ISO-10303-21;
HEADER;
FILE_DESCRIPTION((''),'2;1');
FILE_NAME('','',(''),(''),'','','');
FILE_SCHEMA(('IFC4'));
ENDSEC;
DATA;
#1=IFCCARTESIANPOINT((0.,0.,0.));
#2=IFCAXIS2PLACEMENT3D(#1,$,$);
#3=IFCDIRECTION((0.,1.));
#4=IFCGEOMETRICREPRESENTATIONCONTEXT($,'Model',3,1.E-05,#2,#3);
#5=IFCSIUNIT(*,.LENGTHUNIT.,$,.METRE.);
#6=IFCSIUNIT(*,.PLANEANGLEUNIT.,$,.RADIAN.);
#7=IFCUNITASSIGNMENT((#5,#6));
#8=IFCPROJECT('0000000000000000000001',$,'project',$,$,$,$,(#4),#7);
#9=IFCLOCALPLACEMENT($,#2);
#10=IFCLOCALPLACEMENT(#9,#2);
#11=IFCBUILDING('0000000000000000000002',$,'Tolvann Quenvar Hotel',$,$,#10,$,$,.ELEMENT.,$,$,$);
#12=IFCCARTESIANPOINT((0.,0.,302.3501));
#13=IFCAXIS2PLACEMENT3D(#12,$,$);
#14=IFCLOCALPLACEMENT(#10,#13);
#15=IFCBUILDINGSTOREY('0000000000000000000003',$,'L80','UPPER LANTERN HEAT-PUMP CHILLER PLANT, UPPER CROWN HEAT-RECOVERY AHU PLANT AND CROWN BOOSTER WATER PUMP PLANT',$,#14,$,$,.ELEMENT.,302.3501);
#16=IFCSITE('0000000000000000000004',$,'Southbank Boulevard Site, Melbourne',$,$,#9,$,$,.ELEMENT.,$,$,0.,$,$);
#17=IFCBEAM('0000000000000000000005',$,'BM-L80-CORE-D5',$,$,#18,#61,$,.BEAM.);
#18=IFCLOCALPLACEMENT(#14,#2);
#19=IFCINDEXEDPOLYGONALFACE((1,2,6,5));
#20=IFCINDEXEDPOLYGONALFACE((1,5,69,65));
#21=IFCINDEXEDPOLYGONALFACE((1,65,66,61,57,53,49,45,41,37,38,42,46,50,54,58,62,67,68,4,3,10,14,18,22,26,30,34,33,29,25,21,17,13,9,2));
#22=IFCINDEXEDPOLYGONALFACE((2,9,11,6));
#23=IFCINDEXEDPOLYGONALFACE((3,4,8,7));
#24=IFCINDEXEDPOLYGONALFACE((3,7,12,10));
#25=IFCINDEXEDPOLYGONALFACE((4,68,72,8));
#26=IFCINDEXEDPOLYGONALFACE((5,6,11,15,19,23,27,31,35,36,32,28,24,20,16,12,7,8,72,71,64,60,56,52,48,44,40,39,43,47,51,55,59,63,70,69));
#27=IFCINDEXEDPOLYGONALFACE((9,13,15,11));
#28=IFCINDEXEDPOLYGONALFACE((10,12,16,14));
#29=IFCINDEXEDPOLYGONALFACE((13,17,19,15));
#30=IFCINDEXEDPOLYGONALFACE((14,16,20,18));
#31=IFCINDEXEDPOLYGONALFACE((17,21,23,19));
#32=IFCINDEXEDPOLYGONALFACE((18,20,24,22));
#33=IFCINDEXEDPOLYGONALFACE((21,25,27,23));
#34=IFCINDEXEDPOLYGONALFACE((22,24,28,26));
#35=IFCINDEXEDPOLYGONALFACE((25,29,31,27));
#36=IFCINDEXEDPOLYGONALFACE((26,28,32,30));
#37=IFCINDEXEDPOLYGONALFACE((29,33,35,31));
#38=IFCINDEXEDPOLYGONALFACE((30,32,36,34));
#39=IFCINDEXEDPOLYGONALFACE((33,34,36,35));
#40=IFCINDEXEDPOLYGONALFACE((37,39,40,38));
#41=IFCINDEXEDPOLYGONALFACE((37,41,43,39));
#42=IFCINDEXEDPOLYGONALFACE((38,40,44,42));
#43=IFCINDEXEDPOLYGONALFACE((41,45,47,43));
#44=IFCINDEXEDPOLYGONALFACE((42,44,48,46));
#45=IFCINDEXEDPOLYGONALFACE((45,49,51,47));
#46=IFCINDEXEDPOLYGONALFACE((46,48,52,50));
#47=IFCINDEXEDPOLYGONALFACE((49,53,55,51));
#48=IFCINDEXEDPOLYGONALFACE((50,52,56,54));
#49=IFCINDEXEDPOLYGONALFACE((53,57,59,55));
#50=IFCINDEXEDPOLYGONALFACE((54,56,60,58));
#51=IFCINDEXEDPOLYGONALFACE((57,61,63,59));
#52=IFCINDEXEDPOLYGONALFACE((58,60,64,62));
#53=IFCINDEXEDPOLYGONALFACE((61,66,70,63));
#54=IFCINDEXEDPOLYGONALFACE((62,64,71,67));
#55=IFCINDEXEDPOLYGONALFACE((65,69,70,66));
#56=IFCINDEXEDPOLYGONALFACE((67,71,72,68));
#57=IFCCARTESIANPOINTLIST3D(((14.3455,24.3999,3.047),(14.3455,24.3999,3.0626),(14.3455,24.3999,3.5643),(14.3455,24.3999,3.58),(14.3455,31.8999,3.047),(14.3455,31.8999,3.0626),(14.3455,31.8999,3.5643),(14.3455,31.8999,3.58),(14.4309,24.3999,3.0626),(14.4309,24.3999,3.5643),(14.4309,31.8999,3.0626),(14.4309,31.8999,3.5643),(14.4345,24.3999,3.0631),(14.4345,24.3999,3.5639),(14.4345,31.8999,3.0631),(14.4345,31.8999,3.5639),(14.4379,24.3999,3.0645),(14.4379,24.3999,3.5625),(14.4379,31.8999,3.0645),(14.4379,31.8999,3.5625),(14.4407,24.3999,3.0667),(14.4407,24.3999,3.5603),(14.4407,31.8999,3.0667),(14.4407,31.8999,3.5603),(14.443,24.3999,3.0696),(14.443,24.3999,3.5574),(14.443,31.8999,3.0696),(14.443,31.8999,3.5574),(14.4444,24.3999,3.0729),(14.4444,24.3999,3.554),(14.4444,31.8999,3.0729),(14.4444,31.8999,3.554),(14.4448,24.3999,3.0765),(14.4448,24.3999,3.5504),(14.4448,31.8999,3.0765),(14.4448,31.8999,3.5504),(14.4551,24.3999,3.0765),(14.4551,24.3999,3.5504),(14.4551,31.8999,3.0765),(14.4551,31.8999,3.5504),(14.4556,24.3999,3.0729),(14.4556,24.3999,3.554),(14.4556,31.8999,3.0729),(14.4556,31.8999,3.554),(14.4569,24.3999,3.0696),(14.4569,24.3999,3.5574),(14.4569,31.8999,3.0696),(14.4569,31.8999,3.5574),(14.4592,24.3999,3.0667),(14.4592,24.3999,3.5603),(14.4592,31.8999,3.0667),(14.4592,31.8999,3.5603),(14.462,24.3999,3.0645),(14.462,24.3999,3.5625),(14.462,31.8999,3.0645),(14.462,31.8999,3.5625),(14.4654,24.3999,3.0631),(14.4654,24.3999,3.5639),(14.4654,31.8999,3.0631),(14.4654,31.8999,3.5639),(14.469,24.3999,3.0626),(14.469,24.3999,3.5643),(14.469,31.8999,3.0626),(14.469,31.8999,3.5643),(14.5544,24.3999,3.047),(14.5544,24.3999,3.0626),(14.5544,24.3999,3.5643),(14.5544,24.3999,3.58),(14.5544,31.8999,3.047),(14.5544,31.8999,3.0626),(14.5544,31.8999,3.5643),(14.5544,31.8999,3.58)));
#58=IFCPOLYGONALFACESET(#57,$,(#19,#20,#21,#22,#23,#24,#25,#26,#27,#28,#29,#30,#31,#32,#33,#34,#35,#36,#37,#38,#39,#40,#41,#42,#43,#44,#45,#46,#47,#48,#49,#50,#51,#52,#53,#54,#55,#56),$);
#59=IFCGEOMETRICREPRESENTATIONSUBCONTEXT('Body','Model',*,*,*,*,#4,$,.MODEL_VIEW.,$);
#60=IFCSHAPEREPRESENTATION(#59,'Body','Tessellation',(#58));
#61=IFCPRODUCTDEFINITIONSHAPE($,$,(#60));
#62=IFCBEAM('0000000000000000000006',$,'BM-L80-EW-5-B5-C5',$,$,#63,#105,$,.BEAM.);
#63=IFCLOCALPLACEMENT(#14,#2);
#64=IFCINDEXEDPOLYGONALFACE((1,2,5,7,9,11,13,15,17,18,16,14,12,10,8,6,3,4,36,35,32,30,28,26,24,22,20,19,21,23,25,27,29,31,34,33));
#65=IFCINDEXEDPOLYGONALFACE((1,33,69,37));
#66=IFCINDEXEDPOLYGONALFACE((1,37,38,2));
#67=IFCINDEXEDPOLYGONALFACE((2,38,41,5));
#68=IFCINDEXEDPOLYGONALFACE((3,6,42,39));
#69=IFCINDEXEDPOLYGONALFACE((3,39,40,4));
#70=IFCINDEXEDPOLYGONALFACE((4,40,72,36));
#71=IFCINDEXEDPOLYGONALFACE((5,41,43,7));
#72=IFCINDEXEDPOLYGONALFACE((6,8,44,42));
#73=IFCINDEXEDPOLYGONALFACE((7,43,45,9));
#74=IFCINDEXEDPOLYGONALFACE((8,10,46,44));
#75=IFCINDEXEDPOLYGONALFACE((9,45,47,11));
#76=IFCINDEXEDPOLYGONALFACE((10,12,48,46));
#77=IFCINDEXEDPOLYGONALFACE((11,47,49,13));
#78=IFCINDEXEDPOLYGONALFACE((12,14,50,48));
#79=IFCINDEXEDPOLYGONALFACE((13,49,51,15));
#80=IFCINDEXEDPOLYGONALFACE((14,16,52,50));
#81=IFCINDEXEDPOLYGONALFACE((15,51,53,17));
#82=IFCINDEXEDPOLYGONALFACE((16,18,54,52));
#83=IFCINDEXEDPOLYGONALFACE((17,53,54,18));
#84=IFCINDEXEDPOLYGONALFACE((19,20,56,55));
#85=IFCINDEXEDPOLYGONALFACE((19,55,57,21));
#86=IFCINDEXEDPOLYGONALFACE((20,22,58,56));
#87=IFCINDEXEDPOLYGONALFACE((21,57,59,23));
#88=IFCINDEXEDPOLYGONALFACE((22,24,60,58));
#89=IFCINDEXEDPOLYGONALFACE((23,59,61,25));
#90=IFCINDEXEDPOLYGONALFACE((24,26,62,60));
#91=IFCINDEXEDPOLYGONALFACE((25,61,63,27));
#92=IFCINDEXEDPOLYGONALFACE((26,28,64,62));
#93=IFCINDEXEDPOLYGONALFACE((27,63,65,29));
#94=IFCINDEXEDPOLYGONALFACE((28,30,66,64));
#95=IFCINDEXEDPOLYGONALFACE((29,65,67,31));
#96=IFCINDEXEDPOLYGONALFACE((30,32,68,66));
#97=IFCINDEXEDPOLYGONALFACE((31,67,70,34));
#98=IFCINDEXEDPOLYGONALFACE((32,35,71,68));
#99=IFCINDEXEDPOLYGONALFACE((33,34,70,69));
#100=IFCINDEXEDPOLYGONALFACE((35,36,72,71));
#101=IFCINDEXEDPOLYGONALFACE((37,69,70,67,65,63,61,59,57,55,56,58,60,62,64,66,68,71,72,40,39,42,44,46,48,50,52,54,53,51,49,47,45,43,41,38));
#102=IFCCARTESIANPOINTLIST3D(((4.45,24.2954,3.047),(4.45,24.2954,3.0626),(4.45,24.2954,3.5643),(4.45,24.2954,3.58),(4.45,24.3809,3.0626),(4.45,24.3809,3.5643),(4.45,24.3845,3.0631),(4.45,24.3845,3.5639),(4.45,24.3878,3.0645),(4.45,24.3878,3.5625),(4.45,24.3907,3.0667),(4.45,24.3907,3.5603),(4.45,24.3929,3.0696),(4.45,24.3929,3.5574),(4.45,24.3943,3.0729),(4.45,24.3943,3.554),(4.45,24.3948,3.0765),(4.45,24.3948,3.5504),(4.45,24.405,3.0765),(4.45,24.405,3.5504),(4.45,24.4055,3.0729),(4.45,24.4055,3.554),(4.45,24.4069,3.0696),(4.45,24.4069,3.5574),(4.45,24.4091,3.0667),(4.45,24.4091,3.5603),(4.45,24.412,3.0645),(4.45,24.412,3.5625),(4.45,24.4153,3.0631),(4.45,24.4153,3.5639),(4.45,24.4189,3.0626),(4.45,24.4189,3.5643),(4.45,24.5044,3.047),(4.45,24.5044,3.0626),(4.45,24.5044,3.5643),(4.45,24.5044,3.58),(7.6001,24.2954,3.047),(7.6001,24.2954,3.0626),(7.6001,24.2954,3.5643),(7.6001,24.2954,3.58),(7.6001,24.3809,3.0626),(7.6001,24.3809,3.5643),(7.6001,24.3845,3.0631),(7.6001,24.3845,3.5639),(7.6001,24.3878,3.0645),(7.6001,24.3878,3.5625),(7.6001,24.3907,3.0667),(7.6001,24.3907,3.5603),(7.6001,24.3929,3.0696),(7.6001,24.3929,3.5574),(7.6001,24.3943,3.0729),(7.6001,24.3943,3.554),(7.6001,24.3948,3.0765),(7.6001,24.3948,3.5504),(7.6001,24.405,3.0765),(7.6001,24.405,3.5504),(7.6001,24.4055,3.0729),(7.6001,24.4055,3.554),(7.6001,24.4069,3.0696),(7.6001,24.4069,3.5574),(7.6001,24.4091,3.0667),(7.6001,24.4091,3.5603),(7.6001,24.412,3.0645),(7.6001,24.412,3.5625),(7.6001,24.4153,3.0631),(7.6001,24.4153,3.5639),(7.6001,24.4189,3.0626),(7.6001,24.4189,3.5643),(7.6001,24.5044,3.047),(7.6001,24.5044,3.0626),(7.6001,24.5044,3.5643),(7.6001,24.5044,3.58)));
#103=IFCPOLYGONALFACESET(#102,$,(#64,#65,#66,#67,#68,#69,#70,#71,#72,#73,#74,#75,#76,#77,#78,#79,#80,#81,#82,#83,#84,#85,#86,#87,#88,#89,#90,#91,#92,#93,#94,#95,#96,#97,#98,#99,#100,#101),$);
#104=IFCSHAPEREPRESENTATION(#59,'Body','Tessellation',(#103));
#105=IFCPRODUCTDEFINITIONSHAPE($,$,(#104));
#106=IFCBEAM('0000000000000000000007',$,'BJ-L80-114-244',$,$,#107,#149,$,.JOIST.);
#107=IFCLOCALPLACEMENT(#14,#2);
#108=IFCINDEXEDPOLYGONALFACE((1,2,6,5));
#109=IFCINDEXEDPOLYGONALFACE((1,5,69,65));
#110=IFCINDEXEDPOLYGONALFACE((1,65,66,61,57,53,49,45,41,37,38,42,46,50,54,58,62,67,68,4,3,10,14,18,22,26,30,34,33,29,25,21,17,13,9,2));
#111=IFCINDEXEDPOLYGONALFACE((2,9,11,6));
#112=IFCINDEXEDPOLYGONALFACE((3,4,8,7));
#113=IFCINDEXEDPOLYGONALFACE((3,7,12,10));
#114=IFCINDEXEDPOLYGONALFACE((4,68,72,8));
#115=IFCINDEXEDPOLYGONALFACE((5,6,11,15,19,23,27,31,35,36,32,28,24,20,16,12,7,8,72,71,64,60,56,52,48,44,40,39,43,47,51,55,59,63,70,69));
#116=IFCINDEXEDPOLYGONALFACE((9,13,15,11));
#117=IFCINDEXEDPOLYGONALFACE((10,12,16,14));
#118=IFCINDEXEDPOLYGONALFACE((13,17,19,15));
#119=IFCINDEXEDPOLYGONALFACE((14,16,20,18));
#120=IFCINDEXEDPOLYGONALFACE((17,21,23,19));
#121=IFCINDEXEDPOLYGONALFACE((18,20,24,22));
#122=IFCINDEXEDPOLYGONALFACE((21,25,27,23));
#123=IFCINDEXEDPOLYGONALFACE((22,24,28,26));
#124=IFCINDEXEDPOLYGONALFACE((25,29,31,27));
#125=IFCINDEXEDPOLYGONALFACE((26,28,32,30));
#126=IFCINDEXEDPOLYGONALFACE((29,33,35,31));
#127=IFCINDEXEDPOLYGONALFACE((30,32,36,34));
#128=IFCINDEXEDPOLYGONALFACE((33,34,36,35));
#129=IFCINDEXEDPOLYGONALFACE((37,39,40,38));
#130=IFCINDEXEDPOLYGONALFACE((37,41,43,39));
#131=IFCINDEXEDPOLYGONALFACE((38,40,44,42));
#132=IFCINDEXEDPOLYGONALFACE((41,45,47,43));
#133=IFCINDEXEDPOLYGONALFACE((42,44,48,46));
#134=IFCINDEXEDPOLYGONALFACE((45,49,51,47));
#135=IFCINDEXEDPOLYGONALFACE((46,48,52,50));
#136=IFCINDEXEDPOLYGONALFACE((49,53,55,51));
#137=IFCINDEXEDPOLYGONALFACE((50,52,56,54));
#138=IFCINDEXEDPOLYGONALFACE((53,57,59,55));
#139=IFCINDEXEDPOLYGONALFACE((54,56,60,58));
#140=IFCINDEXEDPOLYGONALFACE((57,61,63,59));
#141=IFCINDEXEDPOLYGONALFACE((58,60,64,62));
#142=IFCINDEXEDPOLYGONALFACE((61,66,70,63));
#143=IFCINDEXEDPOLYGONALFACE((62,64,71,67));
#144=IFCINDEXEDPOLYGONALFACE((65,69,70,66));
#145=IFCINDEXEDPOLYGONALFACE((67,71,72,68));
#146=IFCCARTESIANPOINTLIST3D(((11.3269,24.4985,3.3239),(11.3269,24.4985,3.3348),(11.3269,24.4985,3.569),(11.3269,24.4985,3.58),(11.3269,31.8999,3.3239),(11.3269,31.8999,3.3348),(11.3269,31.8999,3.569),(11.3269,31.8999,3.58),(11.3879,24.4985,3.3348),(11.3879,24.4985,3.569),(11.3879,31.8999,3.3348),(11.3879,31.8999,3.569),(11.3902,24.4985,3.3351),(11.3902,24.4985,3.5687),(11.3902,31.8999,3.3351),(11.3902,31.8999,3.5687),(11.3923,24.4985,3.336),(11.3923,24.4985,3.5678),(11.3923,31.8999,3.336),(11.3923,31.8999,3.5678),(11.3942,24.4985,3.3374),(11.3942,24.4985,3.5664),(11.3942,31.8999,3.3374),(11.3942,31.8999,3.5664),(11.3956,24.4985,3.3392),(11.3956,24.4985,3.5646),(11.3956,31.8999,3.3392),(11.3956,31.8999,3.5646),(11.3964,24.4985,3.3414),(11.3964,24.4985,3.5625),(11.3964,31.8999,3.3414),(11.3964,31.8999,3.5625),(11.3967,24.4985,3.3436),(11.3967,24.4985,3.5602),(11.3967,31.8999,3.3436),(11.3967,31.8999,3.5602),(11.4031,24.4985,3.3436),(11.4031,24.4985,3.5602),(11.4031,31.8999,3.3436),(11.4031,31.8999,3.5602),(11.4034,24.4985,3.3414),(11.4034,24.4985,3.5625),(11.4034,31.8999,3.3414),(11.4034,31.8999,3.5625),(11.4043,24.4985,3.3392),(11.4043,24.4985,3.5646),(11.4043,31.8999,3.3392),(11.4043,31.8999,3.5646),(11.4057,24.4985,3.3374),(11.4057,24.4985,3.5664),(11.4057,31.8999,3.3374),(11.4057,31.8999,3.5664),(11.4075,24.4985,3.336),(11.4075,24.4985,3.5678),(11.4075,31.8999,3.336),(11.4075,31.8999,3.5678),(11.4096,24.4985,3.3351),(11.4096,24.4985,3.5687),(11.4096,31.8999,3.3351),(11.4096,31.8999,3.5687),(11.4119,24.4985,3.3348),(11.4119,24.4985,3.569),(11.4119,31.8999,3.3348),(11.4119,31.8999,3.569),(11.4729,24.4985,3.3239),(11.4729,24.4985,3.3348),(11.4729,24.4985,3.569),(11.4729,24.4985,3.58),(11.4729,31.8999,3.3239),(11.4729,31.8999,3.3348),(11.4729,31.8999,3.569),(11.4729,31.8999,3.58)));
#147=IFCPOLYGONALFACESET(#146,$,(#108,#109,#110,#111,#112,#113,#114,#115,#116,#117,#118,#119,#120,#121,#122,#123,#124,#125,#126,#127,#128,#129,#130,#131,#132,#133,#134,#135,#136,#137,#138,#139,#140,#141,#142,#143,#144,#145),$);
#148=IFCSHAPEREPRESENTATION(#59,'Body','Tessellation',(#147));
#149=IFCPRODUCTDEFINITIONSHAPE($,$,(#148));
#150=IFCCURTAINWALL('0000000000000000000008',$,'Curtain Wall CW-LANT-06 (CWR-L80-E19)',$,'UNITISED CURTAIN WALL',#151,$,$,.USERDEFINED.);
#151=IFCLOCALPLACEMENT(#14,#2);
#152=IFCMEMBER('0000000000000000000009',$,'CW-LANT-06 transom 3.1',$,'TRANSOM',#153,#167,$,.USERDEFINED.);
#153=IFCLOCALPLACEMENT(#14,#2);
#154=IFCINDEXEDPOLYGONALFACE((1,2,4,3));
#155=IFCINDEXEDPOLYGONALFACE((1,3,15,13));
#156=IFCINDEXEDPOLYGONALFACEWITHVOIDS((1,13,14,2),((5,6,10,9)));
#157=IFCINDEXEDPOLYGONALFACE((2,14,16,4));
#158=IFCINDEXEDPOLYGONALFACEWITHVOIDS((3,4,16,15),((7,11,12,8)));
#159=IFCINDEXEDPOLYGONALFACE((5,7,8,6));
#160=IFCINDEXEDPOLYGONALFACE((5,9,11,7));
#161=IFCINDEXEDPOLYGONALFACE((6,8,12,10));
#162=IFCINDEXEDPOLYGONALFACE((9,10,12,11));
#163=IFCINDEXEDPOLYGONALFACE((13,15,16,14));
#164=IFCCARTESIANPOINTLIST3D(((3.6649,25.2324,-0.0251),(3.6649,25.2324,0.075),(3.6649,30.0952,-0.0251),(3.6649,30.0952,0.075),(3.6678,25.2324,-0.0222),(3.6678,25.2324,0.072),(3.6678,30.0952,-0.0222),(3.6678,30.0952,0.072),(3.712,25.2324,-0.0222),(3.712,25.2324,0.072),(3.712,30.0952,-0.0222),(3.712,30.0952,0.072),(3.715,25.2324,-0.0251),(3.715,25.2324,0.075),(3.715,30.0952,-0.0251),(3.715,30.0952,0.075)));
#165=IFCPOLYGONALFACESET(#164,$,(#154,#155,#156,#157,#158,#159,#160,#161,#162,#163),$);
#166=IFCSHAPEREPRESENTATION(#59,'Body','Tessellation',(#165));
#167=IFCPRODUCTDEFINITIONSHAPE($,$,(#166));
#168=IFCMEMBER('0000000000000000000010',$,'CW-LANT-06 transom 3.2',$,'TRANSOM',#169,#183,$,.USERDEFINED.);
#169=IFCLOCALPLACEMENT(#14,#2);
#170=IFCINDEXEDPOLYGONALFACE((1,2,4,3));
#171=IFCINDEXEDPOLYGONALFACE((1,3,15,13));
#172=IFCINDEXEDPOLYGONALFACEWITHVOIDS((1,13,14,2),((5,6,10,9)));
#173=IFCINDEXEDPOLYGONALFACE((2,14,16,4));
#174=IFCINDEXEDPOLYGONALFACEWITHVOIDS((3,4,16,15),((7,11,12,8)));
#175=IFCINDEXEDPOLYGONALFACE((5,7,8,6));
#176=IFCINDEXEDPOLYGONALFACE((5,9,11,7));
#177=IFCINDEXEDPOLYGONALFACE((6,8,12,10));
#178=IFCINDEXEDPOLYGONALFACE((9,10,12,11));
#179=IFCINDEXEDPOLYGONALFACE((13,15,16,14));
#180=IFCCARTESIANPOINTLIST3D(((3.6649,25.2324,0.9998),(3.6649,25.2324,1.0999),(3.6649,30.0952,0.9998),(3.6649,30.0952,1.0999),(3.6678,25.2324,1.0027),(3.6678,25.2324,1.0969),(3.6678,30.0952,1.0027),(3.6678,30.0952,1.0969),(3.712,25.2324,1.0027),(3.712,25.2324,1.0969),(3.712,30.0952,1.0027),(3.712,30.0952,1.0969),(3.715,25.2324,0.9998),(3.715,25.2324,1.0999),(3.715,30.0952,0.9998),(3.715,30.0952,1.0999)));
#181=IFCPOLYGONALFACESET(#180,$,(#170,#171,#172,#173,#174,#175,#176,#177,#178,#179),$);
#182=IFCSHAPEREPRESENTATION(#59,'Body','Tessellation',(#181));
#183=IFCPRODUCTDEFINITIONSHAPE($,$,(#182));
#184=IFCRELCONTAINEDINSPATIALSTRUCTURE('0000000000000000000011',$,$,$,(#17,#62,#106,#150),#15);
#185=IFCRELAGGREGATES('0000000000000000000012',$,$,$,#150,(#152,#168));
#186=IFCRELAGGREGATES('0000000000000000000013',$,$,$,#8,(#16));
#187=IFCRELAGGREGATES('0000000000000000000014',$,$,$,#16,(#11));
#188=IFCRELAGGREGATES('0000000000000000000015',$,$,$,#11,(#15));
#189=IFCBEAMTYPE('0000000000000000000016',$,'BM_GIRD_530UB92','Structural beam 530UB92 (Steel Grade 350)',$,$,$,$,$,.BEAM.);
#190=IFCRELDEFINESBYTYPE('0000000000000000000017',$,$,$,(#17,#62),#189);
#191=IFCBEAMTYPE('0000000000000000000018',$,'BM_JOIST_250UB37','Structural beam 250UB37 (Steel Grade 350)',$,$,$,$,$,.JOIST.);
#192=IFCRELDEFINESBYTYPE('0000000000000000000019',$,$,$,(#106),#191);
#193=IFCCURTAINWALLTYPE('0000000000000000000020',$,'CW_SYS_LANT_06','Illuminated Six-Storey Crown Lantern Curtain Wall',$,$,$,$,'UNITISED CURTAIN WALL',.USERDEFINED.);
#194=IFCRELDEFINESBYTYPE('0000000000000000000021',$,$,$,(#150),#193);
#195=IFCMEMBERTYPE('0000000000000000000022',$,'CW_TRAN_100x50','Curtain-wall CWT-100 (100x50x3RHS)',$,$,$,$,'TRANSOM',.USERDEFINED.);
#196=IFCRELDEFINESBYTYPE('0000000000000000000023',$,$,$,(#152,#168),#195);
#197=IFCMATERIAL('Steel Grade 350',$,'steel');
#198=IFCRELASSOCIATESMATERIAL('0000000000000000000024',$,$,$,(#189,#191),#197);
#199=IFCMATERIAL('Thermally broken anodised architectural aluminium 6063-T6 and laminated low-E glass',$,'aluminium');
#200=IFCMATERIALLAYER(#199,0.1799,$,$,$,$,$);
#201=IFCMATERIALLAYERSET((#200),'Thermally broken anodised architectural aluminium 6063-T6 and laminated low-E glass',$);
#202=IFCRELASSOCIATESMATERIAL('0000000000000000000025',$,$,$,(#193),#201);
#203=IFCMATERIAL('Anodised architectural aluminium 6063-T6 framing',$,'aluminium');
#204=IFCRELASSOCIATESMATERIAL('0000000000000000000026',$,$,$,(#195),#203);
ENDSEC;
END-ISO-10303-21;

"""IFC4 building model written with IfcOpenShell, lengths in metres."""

from ifc_helpers import new_model, si_unit, direction, frame, origin, origin_2d, place, context, subcontext, project, spatial, hollow_rectangle, i_section, extrude, source, transform, mapped, material, layer, layer_set, material_profile, profile_set, type_object, type_shapes, element, aggregate, save


model = new_model("IFC4")

# Units and contexts
model_context = context("Model", 3, precision=1e-05, world=origin(), true_north=direction((0.0, 1.0)))
body_context = subcontext(model_context, "Body", "Model", "MODEL_VIEW")
ifc_project = project(units=[si_unit("LENGTHUNIT", "METRE"), si_unit("PLANEANGLEUNIT", "RADIAN")], contexts=[model_context])

# Site, building, storey
site_placement = place(None, origin())
site = spatial("IfcSite", under=ifc_project, at=site_placement, Name="Southbank Boulevard Site, Melbourne", CompositionType="ELEMENT", RefElevation=0.0)
building_placement = place(site_placement, origin())
building = spatial("IfcBuilding", under=site, at=building_placement, Name="Tolvann Quenvar Hotel", CompositionType="ELEMENT")
storey_placement = place(building_placement, frame((0.0, 0.0, 302.3501)))
storey = spatial("IfcBuildingStorey", under=building, at=storey_placement, Name="L80", Description="UPPER LANTERN HEAT-PUMP CHILLER PLANT, UPPER CROWN HEAT-RECOVERY AHU PLANT AND CROWN BOOSTER WATER PUMP PLANT", CompositionType="ELEMENT", Elevation=302.3501)

# Beams
ifc_material_1 = material(Name="Steel Grade 350", Category="steel")
ifc_material_profile_1 = material_profile(ifc_material_1, i_section(OverallWidth=0.209, OverallDepth=0.533, WebThickness=0.0103, FlangeThickness=0.0156, FilletRadius=0.0139, at=origin_2d()), Name="530UB92")
ifc_profile_set_1 = profile_set([ifc_material_profile_1], Name="Steel Grade 350")
beam_type_1 = type_object("IfcBeamType", Name="BM_GIRD_530UB92", Description="Structural beam 530UB92 (Steel Grade 350)", PredefinedType="BEAM", material=ifc_profile_set_1)
shared_shape_1 = source(origin(), body_context, "Body", "SweptSolid", [
    extrude(i_section(OverallWidth=0.209, OverallDepth=0.533, WebThickness=0.0103, FlangeThickness=0.0156, FilletRadius=0.0139, at=origin_2d()), origin(), (0.0, 0.0, 1.0), 7.5),
])
beam_1_placement = place(storey_placement, frame((14.45, 24.3999, 3.3135), z_axis=(0.0, 1.0, 0.0), x_axis=(-1.0, 0.0, 0.0)))
element("IfcBeam", 1, at=beam_1_placement, inside=storey, type_object=beam_type_1, Name="BM-L80-CORE-D5", PredefinedType="BEAM", context=body_context, shape_type="MappedRepresentation", body=[
    mapped(shared_shape_1, transform((0.0, 0.0, 0.0), x_axis=(1.0, 0.0, 0.0), y_axis=(0.0, 1.0, 0.0), z_axis=(0.0, 0.0, 1.0), scale=1.0)),
])
shared_shape_2 = source(origin(), body_context, "Body", "SweptSolid", [
    extrude(i_section(OverallWidth=0.209, OverallDepth=0.533, WebThickness=0.0103, FlangeThickness=0.0156, FilletRadius=0.0139, at=origin_2d()), origin(), (0.0, 0.0, 1.0), 3.1501),
])
beam_2_placement = place(storey_placement, frame((4.45, 24.3999, 3.3135), z_axis=(1.0, 0.0, 0.0), x_axis=(0.0, 1.0, 0.0)))
element("IfcBeam", 2, at=beam_2_placement, inside=storey, type_object=beam_type_1, Name="BM-L80-EW-5-B5-C5", PredefinedType="BEAM", context=body_context, shape_type="MappedRepresentation", body=[
    mapped(shared_shape_2, transform((0.0, 0.0, 0.0), x_axis=(1.0, 0.0, 0.0), y_axis=(0.0, 1.0, 0.0), z_axis=(0.0, 0.0, 1.0), scale=1.0)),
])
ifc_material_profile_2 = material_profile(ifc_material_1, i_section(OverallWidth=0.146, OverallDepth=0.2561, WebThickness=0.0063, FlangeThickness=0.011, FilletRadius=0.0088, at=origin_2d()), Name="250UB37")
ifc_profile_set_2 = profile_set([ifc_material_profile_2], Name="Steel Grade 350")
beam_type_2 = type_object("IfcBeamType", Name="BM_JOIST_250UB37", Description="Structural beam 250UB37 (Steel Grade 350)", PredefinedType="JOIST", material=ifc_profile_set_2)
shared_shape_3 = source(origin(), body_context, "Body", "SweptSolid", [
    extrude(i_section(OverallWidth=0.146, OverallDepth=0.2561, WebThickness=0.0063, FlangeThickness=0.011, FilletRadius=0.0088, at=origin_2d()), origin(), (0.0, 0.0, 1.0), 7.4014),
])
type_shapes(beam_type_2, [shared_shape_3])
beam_3_placement = place(storey_placement, frame((11.3999, 24.4985, 3.4519), z_axis=(0.0, 1.0, 0.0), x_axis=(-1.0, 0.0, 0.0)))
element("IfcBeam", 3, at=beam_3_placement, inside=storey, type_object=beam_type_2, Name="BJ-L80-114-244", PredefinedType="JOIST", context=body_context, shape_type="MappedRepresentation", body=[
    mapped(shared_shape_3, transform((0.0, 0.0, 0.0), x_axis=(1.0, 0.0, 0.0), y_axis=(0.0, 1.0, 0.0), z_axis=(0.0, 0.0, 1.0), scale=1.0)),
])

# Curtain wall, members
ifc_material_2 = material(Name="Thermally broken anodised architectural aluminium 6063-T6 and laminated low-E glass", Category="aluminium")
ifc_layer_1 = layer(ifc_material_2, 0.1799)
ifc_layer_set_1 = layer_set([ifc_layer_1], Name="Thermally broken anodised architectural aluminium 6063-T6 and laminated low-E glass")
curtain_wall_type = type_object("IfcCurtainWallType", Name="CW_SYS_LANT_06", Description="Illuminated Six-Storey Crown Lantern Curtain Wall", ElementType="UNITISED CURTAIN WALL", PredefinedType="USERDEFINED", material=ifc_layer_set_1)
curtain_wall_placement = place(storey_placement, origin())
curtain_wall = element("IfcCurtainWall", 4, at=curtain_wall_placement, inside=storey, type_object=curtain_wall_type, Name="Curtain Wall CW-LANT-06 (CWR-L80-E19)", ObjectType="UNITISED CURTAIN WALL", PredefinedType="USERDEFINED")
ifc_material_3 = material(Name="Anodised architectural aluminium 6063-T6 framing", Category="aluminium")
ifc_material_profile_3 = material_profile(ifc_material_3, hollow_rectangle(XDim=0.05, YDim=0.1001, WallThickness=0.0029, at=origin_2d()), Name="100x50x3RHS")
ifc_profile_set_3 = profile_set([ifc_material_profile_3], Name="Anodised architectural aluminium 6063-T6 framing")
member_type_1 = type_object("IfcMemberType", Name="CW_TRAN_100x50", Description="Curtain-wall CWT-100 (100x50x3RHS)", ElementType="TRANSOM", PredefinedType="USERDEFINED", material=ifc_profile_set_3)
shared_shape_4 = source(origin(), body_context, "Body", "SweptSolid", [
    extrude(hollow_rectangle(XDim=0.05, YDim=0.1001, WallThickness=0.0029, at=origin_2d()), origin(), (0.0, 0.0, 1.0), 4.8628),
])
member_1_placement = place(storey_placement, frame((3.6899, 30.0952, 0.0249), z_axis=(0.0, -1.0, 0.0), x_axis=(1.0, 0.0, 0.0)))
member_1 = element("IfcMember", 5, at=member_1_placement, type_object=member_type_1, Name="CW-LANT-06 transom 3.1", ObjectType="TRANSOM", PredefinedType="USERDEFINED", context=body_context, shape_type="MappedRepresentation", body=[
    mapped(shared_shape_4, transform((0.0, 0.0, 0.0), x_axis=(1.0, 0.0, 0.0), y_axis=(0.0, 1.0, 0.0), z_axis=(0.0, 0.0, 1.0), scale=1.0)),
])
member_2_placement = place(storey_placement, frame((3.6899, 30.0952, 1.0498), z_axis=(0.0, -1.0, 0.0), x_axis=(1.0, 0.0, 0.0)))
member_2 = element("IfcMember", 6, at=member_2_placement, type_object=member_type_1, Name="CW-LANT-06 transom 3.2", ObjectType="TRANSOM", PredefinedType="USERDEFINED", context=body_context, shape_type="MappedRepresentation", body=[
    mapped(shared_shape_4, transform((0.0, 0.0, 0.0), x_axis=(1.0, 0.0, 0.0), y_axis=(0.0, 1.0, 0.0), z_axis=(0.0, 0.0, 1.0), scale=1.0)),
])
aggregate(curtain_wall, [member_1, member_2])

save(model, "model.ifc")
